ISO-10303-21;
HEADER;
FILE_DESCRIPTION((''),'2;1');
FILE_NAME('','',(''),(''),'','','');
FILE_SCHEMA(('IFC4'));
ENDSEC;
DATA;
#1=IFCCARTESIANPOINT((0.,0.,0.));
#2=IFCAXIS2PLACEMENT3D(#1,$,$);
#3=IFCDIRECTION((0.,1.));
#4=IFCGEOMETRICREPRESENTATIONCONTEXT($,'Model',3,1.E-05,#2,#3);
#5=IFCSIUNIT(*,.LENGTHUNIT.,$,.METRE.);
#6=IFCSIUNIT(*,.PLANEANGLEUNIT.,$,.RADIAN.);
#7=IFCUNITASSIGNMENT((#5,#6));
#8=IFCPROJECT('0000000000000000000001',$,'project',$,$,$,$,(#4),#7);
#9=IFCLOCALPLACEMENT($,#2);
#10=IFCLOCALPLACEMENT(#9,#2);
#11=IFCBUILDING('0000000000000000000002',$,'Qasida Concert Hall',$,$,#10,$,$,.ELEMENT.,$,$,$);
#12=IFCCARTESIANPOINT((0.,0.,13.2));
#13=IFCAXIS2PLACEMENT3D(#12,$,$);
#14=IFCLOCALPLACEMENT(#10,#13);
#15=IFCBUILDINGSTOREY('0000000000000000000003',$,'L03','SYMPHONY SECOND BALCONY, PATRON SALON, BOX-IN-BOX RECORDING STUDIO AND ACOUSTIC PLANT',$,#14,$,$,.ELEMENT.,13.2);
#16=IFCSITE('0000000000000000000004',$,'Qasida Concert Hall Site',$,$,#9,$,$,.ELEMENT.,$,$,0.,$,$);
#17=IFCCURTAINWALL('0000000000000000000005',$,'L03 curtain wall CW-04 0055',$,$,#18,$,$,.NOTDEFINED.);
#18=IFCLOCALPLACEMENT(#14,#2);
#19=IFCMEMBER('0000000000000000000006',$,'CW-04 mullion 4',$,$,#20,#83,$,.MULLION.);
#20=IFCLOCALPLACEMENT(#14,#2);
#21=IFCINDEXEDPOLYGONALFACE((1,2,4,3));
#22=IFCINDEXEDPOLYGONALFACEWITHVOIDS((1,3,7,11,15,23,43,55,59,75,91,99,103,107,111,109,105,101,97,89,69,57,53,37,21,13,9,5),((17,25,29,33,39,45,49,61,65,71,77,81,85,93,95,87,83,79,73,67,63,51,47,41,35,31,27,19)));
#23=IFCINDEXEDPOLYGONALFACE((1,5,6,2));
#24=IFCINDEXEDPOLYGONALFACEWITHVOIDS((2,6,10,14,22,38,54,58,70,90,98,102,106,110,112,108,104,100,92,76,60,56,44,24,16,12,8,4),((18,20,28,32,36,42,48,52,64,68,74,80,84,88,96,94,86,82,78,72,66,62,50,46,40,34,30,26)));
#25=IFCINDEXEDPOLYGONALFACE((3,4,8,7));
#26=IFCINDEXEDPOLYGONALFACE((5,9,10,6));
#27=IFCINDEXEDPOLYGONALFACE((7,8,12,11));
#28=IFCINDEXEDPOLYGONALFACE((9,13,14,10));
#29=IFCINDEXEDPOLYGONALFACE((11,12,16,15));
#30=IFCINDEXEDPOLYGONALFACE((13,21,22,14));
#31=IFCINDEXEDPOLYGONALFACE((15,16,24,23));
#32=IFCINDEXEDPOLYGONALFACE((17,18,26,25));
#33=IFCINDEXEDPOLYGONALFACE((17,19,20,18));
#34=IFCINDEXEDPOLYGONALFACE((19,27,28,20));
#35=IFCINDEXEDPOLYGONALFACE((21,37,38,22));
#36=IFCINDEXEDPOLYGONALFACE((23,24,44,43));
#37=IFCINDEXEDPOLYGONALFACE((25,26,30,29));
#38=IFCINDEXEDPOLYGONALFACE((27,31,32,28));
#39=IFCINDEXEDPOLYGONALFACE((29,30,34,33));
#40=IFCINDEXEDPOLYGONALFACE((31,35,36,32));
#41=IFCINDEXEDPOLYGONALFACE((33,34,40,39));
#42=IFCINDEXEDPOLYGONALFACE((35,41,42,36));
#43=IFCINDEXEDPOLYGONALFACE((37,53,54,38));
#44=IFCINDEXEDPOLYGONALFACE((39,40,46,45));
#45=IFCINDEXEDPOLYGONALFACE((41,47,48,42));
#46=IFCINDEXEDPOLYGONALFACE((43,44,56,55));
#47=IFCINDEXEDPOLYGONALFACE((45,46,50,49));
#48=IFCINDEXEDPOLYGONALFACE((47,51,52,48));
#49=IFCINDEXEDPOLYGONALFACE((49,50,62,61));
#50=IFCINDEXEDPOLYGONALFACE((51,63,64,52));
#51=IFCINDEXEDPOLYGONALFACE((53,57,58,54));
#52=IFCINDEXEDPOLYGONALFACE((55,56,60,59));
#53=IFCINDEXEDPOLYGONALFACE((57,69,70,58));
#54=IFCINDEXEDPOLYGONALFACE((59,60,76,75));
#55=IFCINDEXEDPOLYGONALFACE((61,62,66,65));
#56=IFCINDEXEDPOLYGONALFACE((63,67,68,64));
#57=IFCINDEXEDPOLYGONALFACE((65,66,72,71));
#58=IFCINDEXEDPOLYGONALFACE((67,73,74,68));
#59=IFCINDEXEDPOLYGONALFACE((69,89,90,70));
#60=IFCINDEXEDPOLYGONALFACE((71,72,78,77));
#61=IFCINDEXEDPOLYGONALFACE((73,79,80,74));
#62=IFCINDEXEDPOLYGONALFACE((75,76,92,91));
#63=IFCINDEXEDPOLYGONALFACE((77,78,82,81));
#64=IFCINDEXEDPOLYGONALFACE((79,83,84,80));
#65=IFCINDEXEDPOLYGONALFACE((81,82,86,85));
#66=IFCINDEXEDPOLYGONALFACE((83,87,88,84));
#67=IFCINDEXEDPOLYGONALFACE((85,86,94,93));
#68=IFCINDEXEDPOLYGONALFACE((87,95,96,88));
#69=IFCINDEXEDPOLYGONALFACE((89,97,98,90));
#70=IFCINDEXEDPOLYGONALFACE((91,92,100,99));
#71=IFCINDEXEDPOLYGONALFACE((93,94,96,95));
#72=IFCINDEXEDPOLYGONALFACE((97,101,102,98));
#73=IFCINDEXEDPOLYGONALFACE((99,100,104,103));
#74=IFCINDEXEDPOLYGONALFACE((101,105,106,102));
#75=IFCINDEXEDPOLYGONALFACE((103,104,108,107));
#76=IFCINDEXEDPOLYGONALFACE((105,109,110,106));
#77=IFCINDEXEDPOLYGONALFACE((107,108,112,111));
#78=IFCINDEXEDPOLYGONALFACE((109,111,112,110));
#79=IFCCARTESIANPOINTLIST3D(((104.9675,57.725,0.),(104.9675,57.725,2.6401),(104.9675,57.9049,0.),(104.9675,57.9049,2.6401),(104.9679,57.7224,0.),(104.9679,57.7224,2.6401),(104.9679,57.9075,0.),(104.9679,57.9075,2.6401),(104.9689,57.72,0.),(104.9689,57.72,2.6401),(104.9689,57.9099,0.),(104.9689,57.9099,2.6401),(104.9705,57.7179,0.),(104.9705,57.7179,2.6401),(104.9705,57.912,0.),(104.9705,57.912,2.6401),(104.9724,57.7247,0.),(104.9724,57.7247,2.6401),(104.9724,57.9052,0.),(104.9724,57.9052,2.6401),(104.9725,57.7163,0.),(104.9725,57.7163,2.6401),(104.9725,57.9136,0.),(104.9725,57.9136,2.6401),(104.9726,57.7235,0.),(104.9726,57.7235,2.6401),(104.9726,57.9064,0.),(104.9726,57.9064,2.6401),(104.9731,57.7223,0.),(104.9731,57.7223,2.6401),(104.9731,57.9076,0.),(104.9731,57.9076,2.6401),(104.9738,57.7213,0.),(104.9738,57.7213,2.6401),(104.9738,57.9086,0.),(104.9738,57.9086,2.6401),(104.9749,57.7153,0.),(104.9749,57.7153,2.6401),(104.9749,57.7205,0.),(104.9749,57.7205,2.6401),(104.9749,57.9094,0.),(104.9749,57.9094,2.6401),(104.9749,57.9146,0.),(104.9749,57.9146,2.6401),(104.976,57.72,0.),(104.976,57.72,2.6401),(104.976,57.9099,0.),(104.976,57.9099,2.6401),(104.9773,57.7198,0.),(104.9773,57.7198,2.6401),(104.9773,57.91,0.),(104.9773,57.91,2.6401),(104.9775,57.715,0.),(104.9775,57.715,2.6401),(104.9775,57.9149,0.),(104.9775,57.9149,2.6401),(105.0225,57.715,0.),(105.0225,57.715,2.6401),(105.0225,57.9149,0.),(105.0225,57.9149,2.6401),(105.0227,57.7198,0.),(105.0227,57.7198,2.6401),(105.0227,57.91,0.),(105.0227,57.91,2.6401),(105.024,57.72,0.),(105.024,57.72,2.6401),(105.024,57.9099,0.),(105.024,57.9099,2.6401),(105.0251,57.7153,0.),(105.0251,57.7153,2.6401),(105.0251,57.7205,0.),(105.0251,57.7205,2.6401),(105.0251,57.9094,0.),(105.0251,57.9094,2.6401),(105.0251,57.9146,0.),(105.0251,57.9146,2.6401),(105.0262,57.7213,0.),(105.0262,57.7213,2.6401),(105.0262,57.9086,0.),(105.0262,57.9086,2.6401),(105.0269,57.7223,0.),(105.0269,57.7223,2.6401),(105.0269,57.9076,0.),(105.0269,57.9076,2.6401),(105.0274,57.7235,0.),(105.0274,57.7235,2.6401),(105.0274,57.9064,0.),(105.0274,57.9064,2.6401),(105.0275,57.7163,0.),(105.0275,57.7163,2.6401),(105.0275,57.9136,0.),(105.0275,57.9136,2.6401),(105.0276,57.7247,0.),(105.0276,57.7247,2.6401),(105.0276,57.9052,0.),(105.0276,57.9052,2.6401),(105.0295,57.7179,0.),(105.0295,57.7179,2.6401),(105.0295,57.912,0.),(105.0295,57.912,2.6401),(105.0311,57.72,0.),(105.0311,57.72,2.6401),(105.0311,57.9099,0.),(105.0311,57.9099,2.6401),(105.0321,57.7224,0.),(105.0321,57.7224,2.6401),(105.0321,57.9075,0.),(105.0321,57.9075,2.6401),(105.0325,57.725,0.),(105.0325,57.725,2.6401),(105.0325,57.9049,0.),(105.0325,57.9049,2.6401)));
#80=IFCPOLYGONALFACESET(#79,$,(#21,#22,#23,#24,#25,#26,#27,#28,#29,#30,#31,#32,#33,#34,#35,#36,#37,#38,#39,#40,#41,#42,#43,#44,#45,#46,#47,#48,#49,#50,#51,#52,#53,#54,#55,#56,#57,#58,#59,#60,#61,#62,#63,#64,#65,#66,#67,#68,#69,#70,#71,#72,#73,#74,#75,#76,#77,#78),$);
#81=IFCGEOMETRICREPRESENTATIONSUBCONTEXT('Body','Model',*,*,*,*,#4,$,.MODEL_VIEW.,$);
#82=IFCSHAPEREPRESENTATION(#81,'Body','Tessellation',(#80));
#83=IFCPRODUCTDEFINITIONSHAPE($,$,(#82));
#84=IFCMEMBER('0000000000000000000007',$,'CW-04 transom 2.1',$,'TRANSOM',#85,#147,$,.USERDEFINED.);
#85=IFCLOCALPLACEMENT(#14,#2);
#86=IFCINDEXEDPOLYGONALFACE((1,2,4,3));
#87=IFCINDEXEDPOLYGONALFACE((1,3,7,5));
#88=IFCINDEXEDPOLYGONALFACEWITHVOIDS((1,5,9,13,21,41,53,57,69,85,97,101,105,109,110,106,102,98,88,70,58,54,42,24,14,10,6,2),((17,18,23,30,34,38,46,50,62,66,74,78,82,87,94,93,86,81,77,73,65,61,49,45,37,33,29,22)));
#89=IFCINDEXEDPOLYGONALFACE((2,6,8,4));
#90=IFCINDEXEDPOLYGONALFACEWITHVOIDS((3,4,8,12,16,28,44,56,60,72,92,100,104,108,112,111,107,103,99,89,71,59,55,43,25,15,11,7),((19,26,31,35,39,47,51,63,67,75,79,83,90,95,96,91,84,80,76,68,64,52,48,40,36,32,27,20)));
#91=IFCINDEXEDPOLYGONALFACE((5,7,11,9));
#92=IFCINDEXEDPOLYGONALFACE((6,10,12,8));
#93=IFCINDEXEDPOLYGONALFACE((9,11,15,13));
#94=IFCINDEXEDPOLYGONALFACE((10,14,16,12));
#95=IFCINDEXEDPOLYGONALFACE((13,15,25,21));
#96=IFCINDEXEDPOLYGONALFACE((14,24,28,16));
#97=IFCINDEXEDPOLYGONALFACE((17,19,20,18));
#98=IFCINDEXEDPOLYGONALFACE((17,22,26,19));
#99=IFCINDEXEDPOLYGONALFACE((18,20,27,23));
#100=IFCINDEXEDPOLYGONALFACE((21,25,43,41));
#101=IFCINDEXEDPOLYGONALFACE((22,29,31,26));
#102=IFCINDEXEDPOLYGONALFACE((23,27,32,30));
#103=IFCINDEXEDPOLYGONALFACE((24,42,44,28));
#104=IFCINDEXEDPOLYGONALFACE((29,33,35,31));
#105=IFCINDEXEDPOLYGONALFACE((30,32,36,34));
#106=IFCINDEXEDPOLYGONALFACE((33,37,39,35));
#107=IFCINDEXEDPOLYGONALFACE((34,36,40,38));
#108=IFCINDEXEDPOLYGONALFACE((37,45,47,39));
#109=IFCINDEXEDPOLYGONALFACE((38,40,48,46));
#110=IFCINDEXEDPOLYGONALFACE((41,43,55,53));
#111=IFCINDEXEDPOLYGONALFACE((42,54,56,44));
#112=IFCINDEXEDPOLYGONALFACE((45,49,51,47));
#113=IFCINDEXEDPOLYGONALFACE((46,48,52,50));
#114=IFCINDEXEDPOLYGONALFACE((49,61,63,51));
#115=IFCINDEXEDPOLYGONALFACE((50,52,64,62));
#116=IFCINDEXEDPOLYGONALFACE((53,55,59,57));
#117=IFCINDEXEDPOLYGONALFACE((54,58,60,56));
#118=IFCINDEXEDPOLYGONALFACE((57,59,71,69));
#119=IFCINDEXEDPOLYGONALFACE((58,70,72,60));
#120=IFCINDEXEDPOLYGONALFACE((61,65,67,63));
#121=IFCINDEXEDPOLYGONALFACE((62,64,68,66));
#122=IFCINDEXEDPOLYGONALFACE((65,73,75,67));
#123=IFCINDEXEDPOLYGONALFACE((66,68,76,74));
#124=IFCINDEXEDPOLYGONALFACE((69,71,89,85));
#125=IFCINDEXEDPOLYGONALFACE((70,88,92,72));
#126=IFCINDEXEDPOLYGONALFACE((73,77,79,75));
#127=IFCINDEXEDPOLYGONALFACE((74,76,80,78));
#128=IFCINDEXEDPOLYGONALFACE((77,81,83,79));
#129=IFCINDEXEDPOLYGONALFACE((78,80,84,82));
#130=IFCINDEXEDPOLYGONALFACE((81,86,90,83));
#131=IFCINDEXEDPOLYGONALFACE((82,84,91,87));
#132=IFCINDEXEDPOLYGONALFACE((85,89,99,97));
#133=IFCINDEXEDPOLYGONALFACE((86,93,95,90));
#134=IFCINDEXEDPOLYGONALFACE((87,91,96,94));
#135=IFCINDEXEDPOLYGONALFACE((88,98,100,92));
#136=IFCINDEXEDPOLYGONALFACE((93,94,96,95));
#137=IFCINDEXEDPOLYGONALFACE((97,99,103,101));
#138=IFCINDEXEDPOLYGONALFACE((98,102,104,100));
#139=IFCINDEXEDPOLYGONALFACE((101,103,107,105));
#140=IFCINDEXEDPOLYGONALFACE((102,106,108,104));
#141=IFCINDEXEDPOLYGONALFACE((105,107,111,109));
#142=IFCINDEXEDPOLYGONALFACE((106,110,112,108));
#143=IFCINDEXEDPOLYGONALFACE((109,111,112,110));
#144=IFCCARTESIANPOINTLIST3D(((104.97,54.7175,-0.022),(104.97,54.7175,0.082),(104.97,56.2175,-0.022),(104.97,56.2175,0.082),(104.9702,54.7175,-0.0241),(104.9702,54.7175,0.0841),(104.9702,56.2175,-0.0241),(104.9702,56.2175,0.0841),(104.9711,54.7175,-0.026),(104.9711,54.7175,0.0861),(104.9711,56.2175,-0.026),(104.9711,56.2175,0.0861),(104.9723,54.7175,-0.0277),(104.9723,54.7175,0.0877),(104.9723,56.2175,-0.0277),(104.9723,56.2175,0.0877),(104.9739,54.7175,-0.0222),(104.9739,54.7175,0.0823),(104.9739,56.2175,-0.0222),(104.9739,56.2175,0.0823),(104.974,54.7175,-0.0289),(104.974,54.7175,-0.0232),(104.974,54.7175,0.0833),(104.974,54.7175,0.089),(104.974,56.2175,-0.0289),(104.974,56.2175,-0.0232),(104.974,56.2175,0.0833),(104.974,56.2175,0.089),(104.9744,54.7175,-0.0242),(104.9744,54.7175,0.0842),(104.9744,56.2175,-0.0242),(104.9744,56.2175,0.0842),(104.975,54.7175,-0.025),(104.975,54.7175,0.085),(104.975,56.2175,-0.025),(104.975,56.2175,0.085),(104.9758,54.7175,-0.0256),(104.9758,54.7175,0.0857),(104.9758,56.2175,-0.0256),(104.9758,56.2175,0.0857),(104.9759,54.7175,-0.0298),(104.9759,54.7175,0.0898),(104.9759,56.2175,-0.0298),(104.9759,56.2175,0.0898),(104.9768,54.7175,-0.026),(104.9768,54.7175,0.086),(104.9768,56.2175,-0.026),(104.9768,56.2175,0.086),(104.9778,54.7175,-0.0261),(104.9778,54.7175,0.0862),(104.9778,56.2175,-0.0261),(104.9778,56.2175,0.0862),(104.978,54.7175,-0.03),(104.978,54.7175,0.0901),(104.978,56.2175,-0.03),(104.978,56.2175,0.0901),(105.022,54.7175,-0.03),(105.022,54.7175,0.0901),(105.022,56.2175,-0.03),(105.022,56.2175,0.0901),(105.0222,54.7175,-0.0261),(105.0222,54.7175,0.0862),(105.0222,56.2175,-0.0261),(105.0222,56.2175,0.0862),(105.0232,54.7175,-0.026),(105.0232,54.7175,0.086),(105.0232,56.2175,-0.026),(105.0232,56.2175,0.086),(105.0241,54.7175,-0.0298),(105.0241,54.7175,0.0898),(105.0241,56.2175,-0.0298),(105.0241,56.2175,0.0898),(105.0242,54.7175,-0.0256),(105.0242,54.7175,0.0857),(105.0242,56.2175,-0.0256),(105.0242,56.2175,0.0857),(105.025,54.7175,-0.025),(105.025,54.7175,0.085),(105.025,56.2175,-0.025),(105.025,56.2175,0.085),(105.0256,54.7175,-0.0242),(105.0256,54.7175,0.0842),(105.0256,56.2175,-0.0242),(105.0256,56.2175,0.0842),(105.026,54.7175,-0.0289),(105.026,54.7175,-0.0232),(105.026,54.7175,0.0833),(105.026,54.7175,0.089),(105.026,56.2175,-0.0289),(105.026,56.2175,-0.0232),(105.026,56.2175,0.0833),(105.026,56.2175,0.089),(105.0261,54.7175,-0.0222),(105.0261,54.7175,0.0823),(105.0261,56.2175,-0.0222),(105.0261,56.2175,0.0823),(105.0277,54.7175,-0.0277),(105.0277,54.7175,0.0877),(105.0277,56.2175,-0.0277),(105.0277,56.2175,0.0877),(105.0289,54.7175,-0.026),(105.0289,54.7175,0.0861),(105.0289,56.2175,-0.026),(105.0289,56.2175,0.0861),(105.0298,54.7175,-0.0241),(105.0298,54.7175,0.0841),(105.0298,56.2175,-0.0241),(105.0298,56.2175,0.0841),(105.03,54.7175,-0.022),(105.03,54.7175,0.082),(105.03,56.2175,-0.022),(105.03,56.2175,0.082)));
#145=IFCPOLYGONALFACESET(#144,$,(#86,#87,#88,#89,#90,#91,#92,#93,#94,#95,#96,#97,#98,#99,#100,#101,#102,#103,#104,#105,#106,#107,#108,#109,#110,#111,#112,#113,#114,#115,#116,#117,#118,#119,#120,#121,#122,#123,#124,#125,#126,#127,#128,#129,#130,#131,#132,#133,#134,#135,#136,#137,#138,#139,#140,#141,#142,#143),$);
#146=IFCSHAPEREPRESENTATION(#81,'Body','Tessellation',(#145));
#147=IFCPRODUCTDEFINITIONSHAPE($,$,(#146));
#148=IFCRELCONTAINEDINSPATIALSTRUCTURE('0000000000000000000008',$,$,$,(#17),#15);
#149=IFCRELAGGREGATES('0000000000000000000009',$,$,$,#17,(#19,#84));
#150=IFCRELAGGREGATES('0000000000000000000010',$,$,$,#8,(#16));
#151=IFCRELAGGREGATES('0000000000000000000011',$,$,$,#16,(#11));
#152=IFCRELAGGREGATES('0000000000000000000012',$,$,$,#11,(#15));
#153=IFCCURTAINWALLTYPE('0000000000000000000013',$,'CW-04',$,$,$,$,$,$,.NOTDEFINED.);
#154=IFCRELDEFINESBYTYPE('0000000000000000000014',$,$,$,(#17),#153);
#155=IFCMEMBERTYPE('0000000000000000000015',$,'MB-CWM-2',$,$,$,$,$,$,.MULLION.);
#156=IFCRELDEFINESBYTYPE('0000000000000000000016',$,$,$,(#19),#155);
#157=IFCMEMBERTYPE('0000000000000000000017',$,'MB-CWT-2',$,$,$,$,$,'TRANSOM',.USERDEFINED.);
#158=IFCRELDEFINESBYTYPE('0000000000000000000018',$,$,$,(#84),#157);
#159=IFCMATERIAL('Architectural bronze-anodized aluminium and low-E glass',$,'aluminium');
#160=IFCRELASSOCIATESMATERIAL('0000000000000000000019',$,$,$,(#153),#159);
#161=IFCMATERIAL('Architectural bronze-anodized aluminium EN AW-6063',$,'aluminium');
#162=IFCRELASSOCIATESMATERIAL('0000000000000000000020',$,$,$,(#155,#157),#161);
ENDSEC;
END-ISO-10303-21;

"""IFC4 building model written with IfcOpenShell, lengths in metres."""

from ifc_helpers import new_model, si_unit, direction, frame, origin, origin_2d, place, context, subcontext, project, spatial, hollow_rectangle, extrude, material, material_profile, profile_set, type_object, element, aggregate, save


model = new_model("IFC4")

# Units and contexts
model_context = context("Model", 3, precision=1e-05, world=origin(), true_north=direction((0.0, 1.0)))
body_context = subcontext(model_context, "Body", "Model", "MODEL_VIEW")
ifc_project = project(units=[si_unit("LENGTHUNIT", "METRE"), si_unit("PLANEANGLEUNIT", "RADIAN")], contexts=[model_context])

# Site, building, storey
site_placement = place(None, origin())
site = spatial("IfcSite", under=ifc_project, at=site_placement, Name="Qasida Concert Hall Site", CompositionType="ELEMENT", RefElevation=0.0)
building_placement = place(site_placement, origin())
building = spatial("IfcBuilding", under=site, at=building_placement, Name="Qasida Concert Hall", CompositionType="ELEMENT")
storey_placement = place(building_placement, frame((0.0, 0.0, 13.2)))
storey = spatial("IfcBuildingStorey", under=building, at=storey_placement, Name="L03", Description="SYMPHONY SECOND BALCONY, PATRON SALON, BOX-IN-BOX RECORDING STUDIO AND ACOUSTIC PLANT", CompositionType="ELEMENT", Elevation=13.2)

# Curtain wall, members
ifc_material_1 = material(Name="Architectural bronze-anodized aluminium and low-E glass", Category="aluminium")
curtain_wall_type = type_object("IfcCurtainWallType", Name="CW-04", PredefinedType="NOTDEFINED", material=ifc_material_1)
curtain_wall_placement = place(storey_placement, origin())
curtain_wall = element("IfcCurtainWall", 1, at=curtain_wall_placement, inside=storey, type_object=curtain_wall_type, Name="L03 curtain wall CW-04 0055", PredefinedType="NOTDEFINED")
ifc_material_2 = material(Name="Architectural bronze-anodized aluminium EN AW-6063", Category="aluminium")
ifc_material_profile_1 = material_profile(ifc_material_2, hollow_rectangle(XDim=0.0649, YDim=0.2, WallThickness=0.0049, InnerFilletRadius=0.0049, OuterFilletRadius=0.01, at=origin_2d()), Name="CWM 200x65x5")
ifc_profile_set_1 = profile_set([ifc_material_profile_1], Name="Architectural bronze-anodized aluminium EN AW-6063")
member_type_1 = type_object("IfcMemberType", Name="MB-CWM-2", PredefinedType="MULLION", material=ifc_profile_set_1)
member_1_placement = place(storey_placement, frame((105.0, 57.8149, 0.0), z_axis=(0.0, 0.0, 1.0), x_axis=(-1.0, 0.0, 0.0)))
member_1 = element("IfcMember", 2, at=member_1_placement, type_object=member_type_1, Name="CW-04 mullion 4", PredefinedType="MULLION", context=body_context, shape_type="SweptSolid", body=[
    extrude(hollow_rectangle(XDim=0.0649, YDim=0.2, WallThickness=0.0049, InnerFilletRadius=0.0049, OuterFilletRadius=0.01, at=origin_2d()), origin(), (0.0, 0.0, 1.0), 2.6401),
])
ifc_material_profile_2 = material_profile(ifc_material_2, hollow_rectangle(XDim=0.0601, YDim=0.1201, WallThickness=0.0039, InnerFilletRadius=0.0039, OuterFilletRadius=0.0081, at=origin_2d()), Name="CWT 120x60x4")
ifc_profile_set_2 = profile_set([ifc_material_profile_2], Name="Architectural bronze-anodized aluminium EN AW-6063")
member_type_2 = type_object("IfcMemberType", Name="MB-CWT-2", ElementType="TRANSOM", PredefinedType="USERDEFINED", material=ifc_profile_set_2)
member_2_placement = place(storey_placement, frame((105.0, 54.7175, 0.03), z_axis=(0.0, 1.0, 0.0), x_axis=(-1.0, 0.0, 0.0)))
member_2 = element("IfcMember", 3, at=member_2_placement, type_object=member_type_2, Name="CW-04 transom 2.1", ObjectType="TRANSOM", PredefinedType="USERDEFINED", context=body_context, shape_type="SweptSolid", body=[
    extrude(hollow_rectangle(XDim=0.0601, YDim=0.1201, WallThickness=0.0039, InnerFilletRadius=0.0039, OuterFilletRadius=0.0081, at=origin_2d()), origin(), (0.0, 0.0, 1.0), 1.5),
])
aggregate(curtain_wall, [member_1, member_2])

save(model, "model.ifc")
